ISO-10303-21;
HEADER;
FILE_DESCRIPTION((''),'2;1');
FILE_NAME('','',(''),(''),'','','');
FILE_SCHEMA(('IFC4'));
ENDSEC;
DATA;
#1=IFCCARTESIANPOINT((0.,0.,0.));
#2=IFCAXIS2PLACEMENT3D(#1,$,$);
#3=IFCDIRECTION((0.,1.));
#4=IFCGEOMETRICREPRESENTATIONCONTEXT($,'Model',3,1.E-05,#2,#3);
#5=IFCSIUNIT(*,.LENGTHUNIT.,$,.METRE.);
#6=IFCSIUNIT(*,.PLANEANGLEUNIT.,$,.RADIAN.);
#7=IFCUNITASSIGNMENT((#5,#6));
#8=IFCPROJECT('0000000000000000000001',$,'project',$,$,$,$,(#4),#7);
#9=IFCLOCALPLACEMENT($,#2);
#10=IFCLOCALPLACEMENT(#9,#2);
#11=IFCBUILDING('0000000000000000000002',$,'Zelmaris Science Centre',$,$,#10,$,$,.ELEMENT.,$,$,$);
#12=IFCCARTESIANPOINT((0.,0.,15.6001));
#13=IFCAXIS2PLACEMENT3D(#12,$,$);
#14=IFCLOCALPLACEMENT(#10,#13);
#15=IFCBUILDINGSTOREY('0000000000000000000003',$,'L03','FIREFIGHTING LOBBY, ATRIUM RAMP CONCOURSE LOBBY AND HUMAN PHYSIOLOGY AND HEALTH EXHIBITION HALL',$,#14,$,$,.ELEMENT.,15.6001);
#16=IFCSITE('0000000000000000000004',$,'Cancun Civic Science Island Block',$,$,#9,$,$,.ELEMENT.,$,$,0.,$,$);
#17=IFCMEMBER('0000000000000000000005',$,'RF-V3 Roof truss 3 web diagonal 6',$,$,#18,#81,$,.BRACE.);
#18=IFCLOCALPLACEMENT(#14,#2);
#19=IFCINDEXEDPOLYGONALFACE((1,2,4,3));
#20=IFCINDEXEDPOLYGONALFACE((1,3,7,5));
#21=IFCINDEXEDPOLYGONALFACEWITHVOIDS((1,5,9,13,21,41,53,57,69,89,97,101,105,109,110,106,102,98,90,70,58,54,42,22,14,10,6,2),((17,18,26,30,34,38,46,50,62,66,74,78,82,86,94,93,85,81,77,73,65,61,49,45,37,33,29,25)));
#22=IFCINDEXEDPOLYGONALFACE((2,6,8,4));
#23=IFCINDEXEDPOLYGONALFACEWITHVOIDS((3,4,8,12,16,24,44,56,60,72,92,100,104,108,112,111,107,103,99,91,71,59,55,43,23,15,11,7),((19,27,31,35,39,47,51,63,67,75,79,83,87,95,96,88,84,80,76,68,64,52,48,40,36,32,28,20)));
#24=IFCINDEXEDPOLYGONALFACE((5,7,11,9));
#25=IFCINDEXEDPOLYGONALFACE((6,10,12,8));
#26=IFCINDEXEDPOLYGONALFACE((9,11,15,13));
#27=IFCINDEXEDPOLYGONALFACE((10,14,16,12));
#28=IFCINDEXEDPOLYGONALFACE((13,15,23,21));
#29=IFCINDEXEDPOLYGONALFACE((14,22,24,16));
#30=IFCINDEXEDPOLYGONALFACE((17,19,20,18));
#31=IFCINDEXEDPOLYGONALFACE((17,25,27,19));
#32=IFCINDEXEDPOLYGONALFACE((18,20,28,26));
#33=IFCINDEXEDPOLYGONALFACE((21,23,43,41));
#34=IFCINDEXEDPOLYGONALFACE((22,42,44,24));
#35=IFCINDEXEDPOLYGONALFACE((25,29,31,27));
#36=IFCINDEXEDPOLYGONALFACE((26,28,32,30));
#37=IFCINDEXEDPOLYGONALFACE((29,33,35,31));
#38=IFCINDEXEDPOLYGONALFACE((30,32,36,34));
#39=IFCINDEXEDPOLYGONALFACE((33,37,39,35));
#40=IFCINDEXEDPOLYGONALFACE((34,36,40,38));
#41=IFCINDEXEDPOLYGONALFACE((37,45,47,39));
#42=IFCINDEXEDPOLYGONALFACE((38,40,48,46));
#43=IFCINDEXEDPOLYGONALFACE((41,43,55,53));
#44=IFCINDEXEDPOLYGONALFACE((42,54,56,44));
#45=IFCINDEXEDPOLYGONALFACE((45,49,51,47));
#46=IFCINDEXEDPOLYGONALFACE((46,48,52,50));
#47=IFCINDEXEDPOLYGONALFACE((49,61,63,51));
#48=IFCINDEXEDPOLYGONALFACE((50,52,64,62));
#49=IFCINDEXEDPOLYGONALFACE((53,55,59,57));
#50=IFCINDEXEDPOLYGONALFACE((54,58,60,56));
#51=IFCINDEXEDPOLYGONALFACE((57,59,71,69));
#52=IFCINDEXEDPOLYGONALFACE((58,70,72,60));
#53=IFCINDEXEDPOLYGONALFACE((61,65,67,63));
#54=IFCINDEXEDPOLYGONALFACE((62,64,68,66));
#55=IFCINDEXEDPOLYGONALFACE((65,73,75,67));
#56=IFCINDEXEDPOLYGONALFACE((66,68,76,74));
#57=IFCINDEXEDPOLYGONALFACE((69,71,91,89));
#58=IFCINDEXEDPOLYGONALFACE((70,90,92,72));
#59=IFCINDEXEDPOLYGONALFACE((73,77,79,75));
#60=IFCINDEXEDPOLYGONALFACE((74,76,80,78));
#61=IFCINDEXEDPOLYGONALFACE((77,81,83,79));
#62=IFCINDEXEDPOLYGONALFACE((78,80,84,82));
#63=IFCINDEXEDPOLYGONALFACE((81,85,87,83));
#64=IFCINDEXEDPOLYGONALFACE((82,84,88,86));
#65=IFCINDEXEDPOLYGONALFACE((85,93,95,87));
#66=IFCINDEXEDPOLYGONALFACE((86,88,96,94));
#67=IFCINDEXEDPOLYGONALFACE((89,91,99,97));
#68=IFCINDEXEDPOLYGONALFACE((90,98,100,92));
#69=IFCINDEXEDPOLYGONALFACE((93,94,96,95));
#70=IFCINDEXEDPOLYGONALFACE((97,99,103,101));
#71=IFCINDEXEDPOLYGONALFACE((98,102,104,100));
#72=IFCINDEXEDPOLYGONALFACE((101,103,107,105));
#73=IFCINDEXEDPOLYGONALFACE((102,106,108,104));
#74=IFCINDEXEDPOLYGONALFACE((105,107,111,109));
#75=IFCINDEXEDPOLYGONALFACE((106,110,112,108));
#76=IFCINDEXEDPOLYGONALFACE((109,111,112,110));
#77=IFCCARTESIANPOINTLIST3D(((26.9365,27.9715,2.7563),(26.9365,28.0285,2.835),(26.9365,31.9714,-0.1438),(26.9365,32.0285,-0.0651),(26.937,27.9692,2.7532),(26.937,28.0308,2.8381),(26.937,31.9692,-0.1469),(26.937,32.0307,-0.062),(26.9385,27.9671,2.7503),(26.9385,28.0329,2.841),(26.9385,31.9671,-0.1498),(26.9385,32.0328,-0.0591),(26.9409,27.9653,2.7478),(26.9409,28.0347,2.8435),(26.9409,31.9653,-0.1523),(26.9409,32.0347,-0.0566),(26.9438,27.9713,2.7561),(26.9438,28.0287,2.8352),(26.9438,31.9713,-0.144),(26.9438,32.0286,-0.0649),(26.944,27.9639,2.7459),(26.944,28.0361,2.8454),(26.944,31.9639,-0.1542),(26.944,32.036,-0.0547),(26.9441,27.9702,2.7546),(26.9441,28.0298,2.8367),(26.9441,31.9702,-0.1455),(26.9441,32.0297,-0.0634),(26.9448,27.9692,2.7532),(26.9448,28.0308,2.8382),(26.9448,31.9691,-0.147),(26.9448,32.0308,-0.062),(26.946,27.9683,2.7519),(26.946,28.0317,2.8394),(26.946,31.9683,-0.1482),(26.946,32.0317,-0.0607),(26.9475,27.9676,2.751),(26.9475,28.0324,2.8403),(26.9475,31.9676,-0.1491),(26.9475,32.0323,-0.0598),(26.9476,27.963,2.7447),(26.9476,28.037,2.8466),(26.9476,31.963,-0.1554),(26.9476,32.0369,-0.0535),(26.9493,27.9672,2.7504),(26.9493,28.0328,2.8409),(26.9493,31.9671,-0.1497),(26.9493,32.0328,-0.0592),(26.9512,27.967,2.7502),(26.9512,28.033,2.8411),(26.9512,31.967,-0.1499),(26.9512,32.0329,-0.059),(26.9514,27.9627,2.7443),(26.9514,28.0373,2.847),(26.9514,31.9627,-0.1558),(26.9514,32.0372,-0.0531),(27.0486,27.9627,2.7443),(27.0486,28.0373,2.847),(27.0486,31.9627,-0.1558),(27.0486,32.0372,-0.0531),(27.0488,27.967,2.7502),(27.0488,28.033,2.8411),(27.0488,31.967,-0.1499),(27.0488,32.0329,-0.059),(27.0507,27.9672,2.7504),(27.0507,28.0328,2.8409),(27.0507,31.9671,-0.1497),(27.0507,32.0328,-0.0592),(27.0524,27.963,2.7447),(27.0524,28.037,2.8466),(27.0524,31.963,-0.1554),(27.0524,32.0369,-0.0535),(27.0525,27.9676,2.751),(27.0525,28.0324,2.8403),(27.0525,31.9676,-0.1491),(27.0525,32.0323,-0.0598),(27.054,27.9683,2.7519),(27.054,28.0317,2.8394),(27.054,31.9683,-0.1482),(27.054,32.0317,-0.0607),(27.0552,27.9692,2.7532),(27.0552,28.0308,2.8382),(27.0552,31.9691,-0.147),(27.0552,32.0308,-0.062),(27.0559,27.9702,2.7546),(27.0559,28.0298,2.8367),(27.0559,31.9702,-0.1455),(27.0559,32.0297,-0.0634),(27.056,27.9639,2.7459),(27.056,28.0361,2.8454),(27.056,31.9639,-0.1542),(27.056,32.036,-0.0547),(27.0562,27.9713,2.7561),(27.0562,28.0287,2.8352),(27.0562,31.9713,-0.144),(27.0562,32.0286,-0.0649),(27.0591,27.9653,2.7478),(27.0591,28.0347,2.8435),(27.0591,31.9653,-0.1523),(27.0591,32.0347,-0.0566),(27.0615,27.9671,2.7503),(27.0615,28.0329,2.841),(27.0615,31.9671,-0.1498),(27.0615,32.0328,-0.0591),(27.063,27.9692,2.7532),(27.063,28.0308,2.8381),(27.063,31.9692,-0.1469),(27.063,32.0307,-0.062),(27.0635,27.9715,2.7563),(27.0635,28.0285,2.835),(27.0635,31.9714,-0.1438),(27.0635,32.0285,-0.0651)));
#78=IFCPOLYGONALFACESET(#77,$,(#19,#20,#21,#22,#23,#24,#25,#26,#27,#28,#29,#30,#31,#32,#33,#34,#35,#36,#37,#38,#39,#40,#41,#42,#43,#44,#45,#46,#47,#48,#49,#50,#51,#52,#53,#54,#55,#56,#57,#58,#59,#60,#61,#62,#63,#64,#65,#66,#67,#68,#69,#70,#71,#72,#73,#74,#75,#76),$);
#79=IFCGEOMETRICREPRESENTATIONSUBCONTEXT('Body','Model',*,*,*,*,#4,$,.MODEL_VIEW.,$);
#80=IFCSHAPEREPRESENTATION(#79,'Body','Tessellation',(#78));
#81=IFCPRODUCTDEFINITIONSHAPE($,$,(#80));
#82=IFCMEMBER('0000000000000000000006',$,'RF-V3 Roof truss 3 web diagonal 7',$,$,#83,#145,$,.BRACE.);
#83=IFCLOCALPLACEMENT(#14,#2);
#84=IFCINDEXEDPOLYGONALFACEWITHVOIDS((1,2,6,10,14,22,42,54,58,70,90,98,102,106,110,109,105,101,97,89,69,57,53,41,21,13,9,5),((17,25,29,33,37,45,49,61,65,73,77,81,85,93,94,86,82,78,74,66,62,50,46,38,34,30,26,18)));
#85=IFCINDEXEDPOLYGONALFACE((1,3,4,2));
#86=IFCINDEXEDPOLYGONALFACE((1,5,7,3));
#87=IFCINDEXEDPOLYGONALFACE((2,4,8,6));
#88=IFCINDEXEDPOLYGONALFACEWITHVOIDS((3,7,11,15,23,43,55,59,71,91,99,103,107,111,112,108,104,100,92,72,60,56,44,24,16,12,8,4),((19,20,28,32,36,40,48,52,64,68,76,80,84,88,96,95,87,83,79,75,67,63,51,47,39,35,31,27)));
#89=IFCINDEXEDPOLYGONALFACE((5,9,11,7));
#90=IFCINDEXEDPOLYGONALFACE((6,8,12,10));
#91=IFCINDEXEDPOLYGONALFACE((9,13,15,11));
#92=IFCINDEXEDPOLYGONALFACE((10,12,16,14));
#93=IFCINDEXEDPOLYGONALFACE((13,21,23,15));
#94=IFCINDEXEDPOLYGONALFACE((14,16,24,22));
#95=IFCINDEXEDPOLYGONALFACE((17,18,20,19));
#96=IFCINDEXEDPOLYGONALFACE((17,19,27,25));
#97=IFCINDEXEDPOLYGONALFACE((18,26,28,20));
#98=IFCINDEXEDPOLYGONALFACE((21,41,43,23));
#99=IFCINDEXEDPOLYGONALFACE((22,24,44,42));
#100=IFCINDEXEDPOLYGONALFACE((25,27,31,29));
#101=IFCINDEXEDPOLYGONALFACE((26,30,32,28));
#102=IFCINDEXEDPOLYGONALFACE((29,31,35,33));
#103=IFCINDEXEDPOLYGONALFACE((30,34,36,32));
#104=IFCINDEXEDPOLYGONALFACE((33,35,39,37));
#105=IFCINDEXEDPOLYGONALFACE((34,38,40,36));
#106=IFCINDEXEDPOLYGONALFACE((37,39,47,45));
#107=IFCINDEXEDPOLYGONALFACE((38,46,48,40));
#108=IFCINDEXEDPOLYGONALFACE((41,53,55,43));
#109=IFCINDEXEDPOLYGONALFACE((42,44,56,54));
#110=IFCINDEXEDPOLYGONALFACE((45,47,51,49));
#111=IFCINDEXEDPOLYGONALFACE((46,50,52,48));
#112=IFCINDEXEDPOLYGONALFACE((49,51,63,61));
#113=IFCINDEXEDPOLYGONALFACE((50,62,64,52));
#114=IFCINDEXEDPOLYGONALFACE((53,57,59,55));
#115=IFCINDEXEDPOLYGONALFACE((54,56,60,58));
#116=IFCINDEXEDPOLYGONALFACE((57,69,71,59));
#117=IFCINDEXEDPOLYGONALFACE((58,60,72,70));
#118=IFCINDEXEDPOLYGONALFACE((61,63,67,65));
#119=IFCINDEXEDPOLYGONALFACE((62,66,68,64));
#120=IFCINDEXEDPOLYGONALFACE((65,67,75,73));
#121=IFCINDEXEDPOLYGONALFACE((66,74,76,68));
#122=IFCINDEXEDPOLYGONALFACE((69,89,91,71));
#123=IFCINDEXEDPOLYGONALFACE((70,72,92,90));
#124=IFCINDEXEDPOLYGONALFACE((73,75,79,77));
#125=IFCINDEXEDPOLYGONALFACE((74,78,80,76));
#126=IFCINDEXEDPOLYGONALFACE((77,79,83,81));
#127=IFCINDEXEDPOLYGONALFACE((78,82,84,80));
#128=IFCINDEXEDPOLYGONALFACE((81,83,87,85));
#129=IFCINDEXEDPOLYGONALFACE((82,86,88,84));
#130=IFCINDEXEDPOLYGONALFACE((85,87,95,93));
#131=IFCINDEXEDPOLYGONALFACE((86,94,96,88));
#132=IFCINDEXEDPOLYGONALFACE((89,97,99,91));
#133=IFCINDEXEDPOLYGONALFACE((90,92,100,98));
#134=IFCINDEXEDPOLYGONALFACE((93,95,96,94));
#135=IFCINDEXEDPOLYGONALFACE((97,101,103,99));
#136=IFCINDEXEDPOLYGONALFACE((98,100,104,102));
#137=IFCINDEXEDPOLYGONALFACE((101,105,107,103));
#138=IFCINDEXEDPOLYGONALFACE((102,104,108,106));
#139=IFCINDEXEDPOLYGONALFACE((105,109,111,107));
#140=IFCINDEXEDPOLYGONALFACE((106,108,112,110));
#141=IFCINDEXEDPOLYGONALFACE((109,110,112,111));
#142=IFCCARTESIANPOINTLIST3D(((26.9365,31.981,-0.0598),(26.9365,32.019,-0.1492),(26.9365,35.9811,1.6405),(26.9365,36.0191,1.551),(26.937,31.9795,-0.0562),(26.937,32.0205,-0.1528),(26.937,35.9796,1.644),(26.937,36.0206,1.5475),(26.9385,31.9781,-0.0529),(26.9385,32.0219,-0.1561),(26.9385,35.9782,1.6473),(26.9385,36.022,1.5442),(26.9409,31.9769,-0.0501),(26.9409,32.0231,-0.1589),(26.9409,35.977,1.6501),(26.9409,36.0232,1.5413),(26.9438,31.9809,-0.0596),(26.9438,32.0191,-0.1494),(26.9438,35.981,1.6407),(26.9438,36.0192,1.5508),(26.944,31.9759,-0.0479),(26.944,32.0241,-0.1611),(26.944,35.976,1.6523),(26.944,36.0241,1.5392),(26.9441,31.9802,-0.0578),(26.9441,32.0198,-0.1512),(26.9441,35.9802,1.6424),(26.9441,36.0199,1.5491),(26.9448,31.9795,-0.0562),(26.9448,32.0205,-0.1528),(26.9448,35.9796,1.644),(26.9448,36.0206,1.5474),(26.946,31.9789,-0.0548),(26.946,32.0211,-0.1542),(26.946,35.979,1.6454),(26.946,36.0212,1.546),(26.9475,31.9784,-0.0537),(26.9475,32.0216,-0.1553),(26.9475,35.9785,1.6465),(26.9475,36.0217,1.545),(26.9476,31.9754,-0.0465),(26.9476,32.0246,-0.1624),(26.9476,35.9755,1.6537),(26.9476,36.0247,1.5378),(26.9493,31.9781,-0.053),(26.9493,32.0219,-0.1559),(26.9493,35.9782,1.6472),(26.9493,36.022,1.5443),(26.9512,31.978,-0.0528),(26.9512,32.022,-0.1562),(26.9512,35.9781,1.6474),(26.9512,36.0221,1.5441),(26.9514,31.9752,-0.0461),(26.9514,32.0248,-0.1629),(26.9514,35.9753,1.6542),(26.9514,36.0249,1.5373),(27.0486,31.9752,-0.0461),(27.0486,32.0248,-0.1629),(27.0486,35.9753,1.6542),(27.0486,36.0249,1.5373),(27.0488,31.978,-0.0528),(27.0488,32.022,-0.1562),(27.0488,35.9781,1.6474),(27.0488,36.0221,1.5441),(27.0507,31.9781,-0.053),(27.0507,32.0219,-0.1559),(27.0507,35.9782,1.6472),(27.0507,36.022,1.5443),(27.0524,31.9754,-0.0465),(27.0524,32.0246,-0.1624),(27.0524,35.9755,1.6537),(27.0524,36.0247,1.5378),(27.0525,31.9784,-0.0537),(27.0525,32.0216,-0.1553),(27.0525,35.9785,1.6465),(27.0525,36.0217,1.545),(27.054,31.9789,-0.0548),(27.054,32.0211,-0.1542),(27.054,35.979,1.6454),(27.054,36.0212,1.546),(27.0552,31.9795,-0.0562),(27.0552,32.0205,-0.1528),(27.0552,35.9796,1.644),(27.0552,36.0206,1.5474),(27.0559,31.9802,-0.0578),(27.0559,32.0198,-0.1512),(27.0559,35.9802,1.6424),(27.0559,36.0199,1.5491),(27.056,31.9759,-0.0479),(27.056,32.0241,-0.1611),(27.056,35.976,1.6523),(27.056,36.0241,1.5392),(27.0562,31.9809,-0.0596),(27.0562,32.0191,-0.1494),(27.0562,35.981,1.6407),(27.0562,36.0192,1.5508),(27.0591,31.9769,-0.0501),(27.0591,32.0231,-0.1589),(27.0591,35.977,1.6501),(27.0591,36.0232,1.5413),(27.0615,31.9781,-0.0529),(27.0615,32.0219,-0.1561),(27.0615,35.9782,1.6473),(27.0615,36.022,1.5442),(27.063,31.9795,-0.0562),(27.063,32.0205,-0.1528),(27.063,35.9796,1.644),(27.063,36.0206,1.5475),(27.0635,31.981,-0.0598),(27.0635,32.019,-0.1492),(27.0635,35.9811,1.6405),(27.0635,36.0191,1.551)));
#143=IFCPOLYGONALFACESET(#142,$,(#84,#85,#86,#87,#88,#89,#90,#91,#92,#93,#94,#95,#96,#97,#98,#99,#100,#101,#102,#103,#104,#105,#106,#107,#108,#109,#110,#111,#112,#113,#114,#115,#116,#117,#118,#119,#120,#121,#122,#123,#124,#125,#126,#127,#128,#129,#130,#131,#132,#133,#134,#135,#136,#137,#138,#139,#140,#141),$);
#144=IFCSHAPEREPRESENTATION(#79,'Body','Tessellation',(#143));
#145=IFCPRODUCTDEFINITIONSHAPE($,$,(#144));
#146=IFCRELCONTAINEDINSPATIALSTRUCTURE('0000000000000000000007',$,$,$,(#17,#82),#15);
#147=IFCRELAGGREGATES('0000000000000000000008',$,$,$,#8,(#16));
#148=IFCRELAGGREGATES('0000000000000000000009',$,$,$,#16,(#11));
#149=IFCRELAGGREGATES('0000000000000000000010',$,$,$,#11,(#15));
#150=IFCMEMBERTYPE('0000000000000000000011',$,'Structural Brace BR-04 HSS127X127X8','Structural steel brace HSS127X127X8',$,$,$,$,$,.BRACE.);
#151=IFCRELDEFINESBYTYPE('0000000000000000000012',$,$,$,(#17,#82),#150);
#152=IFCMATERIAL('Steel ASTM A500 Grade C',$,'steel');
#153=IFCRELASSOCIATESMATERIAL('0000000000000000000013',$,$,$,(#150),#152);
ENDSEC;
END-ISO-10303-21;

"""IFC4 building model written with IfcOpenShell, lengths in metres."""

from ifc_helpers import new_model, si_unit, direction, frame, origin, origin_2d, place, context, subcontext, project, spatial, hollow_rectangle, extrude, material, material_profile, profile_set, type_object, element, save


model = new_model("IFC4")

# Units and contexts
model_context = context("Model", 3, precision=1e-05, world=origin(), true_north=direction((0.0, 1.0)))
body_context = subcontext(model_context, "Body", "Model", "MODEL_VIEW")
ifc_project = project(units=[si_unit("LENGTHUNIT", "METRE"), si_unit("PLANEANGLEUNIT", "RADIAN")], contexts=[model_context])

# Site, building, storey
site_placement = place(None, origin())
site = spatial("IfcSite", under=ifc_project, at=site_placement, Name="Cancun Civic Science Island Block", CompositionType="ELEMENT", RefElevation=0.0)
building_placement = place(site_placement, origin())
building = spatial("IfcBuilding", under=site, at=building_placement, Name="Zelmaris Science Centre", CompositionType="ELEMENT")
storey_placement = place(building_placement, frame((0.0, 0.0, 15.6001)))
storey = spatial("IfcBuildingStorey", under=building, at=storey_placement, Name="L03", Description="FIREFIGHTING LOBBY, ATRIUM RAMP CONCOURSE LOBBY AND HUMAN PHYSIOLOGY AND HEALTH EXHIBITION HALL", CompositionType="ELEMENT", Elevation=15.6001)

# Shared definitions
ifc_material_1 = material(Name="Steel ASTM A500 Grade C", Category="steel")

# Members
ifc_material_profile_1 = material_profile(ifc_material_1, hollow_rectangle(XDim=0.127, YDim=0.127, WallThickness=0.0073, InnerFilletRadius=0.0073, OuterFilletRadius=0.0149, at=origin_2d()), Name="HSS127X127X8")
ifc_profile_set_1 = profile_set([ifc_material_profile_1], Name="Steel ASTM A500 Grade C")
member_type_1 = type_object("IfcMemberType", Name="Structural Brace BR-04 HSS127X127X8", Description="Structural steel brace HSS127X127X8", PredefinedType="BRACE", material=ifc_profile_set_1)
for number, where, z_axis, x_axis, name in (
    (1, (27.0, 28.0, 2.7957), (0.0, 0.809596, -0.586987), (-1.0, 0.0, 0.0), "RF-V3 Roof truss 3 web diagonal 6"),
):
    element("IfcMember", number, at=place(storey_placement, frame(where, z_axis=z_axis, x_axis=x_axis)), inside=storey, type_object=member_type_1, Name=name, PredefinedType="BRACE", context=body_context, shape_type="SweptSolid", body=[
        extrude(hollow_rectangle(XDim=0.127, YDim=0.127, WallThickness=0.0073, InnerFilletRadius=0.0073, OuterFilletRadius=0.0149, at=origin_2d()), origin(), (0.0, 0.0, 1.0), 4.9407),
    ])
member_1_placement = place(storey_placement, frame((27.0, 32.0, -0.1045), z_axis=(0.0, 0.920315, 0.391179), x_axis=(-1.0, 0.0, 0.0)))
element("IfcMember", 2, at=member_1_placement, inside=storey, type_object=member_type_1, Name="RF-V3 Roof truss 3 web diagonal 7", PredefinedType="BRACE", context=body_context, shape_type="SweptSolid", body=[
    extrude(hollow_rectangle(XDim=0.127, YDim=0.127, WallThickness=0.0073, InnerFilletRadius=0.0073, OuterFilletRadius=0.0149, at=origin_2d()), origin(), (0.0, 0.0, 1.0), 4.3464),
])

save(model, "model.ifc")
